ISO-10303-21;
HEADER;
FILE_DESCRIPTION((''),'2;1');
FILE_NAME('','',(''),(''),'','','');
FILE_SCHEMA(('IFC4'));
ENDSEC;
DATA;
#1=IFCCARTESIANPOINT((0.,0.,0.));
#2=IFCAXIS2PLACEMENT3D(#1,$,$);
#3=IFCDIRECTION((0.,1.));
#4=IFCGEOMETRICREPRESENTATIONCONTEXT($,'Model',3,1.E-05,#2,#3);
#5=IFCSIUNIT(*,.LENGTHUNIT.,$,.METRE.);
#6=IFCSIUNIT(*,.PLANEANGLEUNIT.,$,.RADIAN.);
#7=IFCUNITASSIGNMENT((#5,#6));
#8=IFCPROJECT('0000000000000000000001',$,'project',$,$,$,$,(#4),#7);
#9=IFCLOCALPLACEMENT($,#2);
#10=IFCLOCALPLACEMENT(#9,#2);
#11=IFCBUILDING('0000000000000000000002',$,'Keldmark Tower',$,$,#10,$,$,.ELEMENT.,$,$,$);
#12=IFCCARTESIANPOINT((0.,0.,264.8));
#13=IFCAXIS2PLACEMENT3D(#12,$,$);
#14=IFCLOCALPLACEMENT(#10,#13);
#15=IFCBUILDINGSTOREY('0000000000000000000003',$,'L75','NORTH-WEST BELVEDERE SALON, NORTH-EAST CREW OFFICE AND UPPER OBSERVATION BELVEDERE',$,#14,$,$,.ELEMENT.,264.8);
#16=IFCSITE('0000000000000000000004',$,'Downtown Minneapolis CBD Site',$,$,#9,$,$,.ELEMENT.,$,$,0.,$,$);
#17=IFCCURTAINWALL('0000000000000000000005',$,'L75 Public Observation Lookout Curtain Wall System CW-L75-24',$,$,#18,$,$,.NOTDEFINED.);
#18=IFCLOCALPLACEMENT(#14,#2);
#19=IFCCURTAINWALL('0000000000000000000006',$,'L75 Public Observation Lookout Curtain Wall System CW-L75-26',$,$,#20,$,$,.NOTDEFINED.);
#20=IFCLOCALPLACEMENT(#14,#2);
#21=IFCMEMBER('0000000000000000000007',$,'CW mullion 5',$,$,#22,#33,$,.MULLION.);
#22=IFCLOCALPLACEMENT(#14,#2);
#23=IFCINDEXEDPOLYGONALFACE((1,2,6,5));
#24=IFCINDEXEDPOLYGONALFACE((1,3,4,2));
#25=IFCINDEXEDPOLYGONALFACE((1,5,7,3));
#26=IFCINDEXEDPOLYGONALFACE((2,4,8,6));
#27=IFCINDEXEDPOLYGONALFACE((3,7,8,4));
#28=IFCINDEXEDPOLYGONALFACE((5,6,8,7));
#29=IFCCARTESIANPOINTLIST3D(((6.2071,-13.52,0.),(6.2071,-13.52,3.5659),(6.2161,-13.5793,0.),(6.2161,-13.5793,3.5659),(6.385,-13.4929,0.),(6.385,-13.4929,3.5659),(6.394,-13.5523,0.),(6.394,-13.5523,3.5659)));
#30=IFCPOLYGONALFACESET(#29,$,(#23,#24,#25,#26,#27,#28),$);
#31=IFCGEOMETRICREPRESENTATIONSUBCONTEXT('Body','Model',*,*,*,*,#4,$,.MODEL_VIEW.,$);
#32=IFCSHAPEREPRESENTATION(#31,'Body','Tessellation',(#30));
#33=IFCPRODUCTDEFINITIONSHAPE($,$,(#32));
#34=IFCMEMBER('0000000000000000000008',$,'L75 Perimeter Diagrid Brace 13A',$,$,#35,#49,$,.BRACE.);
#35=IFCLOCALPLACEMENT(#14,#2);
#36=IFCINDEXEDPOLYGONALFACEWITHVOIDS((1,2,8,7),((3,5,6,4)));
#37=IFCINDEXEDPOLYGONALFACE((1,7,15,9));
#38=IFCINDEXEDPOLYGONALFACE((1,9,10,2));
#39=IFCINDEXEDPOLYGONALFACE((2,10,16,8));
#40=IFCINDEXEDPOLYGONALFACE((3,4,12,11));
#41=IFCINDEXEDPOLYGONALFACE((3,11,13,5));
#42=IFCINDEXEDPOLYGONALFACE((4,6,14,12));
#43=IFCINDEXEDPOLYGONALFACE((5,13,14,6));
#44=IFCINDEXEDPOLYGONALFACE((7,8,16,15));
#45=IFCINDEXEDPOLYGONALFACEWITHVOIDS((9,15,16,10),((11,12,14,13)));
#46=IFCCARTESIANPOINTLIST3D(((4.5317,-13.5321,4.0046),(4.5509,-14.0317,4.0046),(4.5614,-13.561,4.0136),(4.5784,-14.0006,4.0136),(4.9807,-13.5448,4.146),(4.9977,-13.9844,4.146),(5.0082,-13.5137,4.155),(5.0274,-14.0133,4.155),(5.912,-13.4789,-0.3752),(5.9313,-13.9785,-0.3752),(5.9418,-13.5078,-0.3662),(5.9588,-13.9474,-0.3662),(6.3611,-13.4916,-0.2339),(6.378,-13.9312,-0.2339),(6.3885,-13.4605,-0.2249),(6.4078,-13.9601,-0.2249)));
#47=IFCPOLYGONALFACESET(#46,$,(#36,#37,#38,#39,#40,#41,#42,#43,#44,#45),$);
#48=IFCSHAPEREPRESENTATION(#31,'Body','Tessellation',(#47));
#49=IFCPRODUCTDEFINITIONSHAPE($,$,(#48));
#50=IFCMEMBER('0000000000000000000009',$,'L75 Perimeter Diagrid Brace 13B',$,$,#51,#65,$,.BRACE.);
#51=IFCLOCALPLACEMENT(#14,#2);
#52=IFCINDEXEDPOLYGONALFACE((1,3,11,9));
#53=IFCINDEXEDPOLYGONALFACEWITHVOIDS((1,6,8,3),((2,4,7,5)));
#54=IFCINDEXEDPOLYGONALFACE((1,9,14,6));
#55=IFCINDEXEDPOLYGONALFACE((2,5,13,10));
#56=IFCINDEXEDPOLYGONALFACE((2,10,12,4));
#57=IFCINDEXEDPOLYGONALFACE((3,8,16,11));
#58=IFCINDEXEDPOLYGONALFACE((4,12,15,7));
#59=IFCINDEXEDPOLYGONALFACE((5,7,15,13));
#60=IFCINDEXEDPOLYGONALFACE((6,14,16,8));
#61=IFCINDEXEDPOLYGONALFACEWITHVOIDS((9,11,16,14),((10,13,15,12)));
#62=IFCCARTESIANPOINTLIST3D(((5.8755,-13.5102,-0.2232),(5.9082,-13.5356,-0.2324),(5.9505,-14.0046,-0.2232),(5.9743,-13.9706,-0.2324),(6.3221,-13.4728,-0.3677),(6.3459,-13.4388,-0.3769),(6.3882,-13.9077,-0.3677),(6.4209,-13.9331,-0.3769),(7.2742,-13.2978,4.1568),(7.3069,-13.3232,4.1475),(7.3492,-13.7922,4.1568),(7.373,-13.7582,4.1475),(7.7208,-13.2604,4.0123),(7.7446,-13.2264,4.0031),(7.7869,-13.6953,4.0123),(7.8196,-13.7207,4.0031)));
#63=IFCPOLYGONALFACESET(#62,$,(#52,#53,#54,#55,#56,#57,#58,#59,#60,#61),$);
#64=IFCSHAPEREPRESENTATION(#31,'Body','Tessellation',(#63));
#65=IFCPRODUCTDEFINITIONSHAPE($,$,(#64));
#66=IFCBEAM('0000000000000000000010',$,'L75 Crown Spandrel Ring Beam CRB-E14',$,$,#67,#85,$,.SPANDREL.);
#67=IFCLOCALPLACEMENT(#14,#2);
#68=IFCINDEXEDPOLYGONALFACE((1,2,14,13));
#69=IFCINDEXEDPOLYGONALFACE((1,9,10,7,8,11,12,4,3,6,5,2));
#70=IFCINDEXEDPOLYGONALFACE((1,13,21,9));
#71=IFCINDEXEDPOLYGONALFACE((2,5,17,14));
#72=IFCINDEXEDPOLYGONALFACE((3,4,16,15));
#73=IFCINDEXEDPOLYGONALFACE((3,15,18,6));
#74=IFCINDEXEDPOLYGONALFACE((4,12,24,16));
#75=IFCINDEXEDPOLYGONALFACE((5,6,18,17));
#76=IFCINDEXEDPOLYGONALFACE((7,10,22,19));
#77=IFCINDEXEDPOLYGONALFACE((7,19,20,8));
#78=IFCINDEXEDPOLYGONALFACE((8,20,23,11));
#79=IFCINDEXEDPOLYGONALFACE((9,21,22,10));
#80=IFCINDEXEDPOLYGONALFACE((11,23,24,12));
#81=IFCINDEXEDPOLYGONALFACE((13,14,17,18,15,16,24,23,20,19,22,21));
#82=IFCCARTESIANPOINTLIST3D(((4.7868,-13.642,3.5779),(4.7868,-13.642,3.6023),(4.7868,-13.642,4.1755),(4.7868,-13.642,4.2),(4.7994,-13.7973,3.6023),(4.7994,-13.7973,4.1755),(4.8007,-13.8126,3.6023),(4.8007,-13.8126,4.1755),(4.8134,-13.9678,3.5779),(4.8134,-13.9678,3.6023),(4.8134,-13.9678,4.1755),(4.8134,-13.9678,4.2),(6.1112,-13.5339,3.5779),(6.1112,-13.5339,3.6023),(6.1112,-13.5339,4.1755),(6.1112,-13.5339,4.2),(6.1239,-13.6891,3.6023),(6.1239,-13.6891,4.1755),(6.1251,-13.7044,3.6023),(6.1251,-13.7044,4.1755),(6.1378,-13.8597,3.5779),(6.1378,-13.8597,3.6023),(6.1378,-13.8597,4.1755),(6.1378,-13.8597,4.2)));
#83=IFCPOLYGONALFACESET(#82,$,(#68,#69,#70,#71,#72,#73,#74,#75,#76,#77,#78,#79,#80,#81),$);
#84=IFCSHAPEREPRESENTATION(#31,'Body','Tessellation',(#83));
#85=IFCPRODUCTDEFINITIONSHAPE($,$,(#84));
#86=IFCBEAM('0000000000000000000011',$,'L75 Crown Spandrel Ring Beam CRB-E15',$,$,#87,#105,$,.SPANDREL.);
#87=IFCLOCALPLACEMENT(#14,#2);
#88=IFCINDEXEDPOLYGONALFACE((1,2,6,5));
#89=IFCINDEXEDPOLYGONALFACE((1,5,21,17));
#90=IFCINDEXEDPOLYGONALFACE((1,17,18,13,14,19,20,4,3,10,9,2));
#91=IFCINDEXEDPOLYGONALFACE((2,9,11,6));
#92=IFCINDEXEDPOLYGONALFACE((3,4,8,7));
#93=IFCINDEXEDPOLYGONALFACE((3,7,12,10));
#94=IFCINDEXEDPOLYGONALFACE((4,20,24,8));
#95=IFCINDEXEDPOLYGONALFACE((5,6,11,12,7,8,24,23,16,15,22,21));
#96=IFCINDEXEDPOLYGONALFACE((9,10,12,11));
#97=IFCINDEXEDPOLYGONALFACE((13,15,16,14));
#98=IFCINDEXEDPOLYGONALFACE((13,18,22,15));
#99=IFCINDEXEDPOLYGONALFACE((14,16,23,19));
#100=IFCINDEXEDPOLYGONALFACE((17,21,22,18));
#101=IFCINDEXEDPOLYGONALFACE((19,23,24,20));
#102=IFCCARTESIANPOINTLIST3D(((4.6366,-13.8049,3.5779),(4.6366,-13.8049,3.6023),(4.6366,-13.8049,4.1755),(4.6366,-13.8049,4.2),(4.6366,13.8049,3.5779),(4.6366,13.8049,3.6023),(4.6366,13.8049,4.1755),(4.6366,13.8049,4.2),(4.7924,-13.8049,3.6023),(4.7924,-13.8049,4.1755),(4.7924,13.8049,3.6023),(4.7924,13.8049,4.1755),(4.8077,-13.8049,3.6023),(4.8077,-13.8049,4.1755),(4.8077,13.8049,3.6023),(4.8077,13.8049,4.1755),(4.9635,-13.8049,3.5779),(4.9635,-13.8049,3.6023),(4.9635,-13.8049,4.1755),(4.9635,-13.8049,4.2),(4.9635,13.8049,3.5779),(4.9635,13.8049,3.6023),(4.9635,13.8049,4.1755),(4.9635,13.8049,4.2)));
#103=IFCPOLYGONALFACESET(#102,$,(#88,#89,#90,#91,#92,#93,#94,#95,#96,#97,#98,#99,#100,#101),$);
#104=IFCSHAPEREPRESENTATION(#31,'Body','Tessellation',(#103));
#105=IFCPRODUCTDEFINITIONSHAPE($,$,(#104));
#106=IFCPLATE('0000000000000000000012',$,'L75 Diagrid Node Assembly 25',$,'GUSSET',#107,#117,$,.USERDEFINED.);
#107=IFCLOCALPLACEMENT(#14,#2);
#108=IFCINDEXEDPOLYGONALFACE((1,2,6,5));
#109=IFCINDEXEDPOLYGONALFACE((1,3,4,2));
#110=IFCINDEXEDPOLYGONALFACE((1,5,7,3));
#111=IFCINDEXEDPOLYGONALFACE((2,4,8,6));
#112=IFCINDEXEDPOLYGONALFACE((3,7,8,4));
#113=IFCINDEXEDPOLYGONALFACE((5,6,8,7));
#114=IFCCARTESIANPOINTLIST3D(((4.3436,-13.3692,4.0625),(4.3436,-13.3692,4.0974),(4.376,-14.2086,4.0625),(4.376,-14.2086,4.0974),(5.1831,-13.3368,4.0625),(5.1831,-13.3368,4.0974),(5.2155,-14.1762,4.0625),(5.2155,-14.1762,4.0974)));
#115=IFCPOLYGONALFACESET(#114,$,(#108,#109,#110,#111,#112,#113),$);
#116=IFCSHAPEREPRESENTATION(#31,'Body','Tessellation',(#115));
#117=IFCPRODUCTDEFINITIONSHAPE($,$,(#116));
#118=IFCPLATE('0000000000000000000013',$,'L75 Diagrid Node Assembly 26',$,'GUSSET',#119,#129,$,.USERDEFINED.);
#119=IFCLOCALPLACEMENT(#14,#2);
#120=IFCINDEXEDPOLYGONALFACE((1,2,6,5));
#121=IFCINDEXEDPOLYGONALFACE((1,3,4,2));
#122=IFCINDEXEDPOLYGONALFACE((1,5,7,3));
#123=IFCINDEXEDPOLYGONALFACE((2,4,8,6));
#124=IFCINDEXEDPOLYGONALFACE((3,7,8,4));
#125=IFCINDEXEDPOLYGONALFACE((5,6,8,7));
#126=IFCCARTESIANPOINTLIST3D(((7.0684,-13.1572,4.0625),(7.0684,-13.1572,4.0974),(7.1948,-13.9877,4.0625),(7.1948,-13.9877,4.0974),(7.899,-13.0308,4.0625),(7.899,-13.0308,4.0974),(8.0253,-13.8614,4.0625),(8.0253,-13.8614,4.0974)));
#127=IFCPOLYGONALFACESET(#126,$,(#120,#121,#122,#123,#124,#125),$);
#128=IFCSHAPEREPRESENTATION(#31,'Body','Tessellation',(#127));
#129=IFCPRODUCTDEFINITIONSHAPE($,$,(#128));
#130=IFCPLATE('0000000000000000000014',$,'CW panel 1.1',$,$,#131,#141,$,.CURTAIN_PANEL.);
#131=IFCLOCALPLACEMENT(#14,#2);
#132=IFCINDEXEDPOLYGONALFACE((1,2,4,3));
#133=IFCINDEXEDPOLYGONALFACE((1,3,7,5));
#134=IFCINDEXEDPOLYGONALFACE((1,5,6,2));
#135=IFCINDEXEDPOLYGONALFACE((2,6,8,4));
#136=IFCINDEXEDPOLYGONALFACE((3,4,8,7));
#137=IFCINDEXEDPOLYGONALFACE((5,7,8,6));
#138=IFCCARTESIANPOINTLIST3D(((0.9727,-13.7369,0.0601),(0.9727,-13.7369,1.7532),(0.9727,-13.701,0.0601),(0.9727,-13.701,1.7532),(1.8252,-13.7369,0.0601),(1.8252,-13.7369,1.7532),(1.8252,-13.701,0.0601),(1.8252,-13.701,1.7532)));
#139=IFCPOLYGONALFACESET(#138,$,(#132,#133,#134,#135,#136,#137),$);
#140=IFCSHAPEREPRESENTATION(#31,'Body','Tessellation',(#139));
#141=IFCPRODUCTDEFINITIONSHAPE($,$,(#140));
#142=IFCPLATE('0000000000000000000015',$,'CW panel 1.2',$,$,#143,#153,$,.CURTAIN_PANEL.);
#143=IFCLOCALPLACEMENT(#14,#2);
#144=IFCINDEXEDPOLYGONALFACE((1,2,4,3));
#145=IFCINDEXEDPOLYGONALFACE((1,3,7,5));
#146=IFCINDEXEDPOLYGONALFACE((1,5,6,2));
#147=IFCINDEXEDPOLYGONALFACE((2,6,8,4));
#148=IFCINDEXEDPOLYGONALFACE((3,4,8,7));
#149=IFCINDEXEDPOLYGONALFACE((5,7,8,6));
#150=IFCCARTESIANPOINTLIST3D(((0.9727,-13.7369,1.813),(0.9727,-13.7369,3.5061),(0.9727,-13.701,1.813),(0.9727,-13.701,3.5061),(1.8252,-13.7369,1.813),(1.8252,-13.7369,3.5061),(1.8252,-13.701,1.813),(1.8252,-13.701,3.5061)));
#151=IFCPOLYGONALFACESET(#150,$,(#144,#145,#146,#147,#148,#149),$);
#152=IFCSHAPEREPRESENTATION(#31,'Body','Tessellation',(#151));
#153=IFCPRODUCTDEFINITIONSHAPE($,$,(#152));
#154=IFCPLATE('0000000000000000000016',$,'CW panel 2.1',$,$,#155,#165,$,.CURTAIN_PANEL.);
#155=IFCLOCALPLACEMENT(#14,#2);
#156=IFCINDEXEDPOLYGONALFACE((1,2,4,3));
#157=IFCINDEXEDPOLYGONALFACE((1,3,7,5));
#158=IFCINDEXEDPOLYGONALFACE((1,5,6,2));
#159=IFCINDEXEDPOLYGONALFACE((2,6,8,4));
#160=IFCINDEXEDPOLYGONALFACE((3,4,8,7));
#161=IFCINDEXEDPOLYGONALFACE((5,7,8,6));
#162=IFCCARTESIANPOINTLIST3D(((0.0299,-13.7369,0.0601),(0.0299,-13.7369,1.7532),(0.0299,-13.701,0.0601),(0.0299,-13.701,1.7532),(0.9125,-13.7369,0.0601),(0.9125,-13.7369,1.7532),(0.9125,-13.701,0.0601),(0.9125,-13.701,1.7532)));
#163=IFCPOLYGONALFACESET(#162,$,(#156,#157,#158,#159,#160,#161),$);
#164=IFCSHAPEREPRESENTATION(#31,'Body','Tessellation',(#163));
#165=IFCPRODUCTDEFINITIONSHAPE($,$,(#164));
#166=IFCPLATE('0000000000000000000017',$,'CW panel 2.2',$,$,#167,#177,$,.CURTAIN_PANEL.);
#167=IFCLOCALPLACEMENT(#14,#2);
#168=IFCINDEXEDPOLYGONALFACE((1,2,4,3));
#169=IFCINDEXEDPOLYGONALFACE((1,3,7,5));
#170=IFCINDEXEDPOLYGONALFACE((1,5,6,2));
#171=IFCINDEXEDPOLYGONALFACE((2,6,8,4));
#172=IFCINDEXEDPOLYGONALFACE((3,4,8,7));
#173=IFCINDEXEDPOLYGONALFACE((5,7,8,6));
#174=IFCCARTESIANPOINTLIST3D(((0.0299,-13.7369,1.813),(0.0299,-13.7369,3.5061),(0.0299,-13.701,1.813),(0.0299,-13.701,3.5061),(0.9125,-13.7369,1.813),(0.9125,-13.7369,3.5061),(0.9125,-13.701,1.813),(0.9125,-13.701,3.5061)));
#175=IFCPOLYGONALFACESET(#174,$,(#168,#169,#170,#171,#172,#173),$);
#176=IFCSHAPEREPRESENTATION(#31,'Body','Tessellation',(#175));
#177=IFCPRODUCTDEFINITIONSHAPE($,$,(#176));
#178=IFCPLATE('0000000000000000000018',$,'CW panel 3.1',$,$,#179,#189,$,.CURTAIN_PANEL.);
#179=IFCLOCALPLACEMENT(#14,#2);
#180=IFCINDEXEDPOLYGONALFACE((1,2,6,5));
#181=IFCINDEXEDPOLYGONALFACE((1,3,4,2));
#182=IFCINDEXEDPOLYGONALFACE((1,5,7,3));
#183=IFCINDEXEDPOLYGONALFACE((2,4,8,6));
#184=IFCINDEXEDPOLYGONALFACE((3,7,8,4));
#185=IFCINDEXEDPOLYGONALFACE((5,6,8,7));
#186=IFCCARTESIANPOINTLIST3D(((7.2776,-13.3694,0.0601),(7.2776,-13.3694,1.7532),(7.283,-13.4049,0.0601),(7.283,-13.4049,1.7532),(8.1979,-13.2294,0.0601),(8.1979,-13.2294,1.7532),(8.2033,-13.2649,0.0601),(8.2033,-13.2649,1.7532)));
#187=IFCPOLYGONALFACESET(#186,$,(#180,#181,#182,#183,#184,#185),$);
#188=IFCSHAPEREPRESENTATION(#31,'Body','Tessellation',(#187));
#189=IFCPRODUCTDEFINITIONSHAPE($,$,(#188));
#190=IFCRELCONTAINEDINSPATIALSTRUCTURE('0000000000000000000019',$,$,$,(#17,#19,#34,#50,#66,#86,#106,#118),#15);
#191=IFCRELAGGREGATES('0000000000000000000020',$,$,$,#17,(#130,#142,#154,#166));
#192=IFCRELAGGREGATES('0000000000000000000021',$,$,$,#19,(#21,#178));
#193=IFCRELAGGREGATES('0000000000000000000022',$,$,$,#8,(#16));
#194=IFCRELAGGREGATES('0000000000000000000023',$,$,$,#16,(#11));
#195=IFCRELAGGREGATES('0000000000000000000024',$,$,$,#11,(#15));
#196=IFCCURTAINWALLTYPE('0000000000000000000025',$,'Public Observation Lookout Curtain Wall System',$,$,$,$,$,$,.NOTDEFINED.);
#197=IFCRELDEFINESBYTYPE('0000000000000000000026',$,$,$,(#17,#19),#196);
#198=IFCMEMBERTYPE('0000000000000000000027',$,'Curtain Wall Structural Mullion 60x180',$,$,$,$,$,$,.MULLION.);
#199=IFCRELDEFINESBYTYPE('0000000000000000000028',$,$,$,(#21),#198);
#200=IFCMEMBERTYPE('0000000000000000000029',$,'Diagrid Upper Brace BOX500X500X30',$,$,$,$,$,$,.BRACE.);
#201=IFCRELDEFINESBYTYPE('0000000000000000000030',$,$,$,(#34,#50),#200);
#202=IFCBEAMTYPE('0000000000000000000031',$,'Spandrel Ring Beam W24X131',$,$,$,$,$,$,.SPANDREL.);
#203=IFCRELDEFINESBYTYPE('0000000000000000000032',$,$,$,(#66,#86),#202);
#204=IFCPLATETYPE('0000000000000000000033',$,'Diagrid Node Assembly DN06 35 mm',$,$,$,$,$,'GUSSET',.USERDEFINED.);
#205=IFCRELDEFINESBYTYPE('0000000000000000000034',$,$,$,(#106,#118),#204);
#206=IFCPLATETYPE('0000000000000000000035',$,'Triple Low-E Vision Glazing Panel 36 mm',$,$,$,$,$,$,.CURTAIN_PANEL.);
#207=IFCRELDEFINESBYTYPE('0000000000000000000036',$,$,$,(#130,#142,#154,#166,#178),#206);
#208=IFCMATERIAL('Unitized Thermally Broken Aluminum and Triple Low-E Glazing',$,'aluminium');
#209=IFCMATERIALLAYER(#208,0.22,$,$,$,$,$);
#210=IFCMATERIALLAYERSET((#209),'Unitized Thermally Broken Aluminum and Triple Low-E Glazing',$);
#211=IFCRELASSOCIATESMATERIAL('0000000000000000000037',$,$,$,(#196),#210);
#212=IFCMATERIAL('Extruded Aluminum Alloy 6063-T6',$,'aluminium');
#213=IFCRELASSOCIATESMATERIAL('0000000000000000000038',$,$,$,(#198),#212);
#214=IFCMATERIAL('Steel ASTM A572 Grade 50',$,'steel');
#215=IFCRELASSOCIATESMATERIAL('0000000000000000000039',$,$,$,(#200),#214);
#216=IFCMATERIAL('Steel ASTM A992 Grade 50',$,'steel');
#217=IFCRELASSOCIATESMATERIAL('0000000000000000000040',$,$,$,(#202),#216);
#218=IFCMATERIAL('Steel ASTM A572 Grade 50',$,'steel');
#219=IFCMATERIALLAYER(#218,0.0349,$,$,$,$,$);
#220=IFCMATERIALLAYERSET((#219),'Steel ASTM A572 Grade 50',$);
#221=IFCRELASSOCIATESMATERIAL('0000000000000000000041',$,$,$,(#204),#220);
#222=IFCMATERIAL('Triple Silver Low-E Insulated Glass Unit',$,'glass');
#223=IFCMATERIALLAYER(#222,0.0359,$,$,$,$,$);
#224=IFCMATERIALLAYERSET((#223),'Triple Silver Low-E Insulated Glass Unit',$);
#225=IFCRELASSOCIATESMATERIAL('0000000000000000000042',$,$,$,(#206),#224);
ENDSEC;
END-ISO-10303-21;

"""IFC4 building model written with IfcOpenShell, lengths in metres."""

from ifc_helpers import new_model, si_unit, direction, frame, origin, origin_2d, place, context, subcontext, project, spatial, rectangle, hollow_rectangle, i_section, extrude, material, layer, layer_set, material_profile, profile_set, type_object, element, aggregate, save


model = new_model("IFC4")

# Units and contexts
model_context = context("Model", 3, precision=1e-05, world=origin(), true_north=direction((0.0, 1.0)))
body_context = subcontext(model_context, "Body", "Model", "MODEL_VIEW")
ifc_project = project(units=[si_unit("LENGTHUNIT", "METRE"), si_unit("PLANEANGLEUNIT", "RADIAN")], contexts=[model_context])

# Site, building, storey
site_placement = place(None, origin())
site = spatial("IfcSite", under=ifc_project, at=site_placement, Name="Downtown Minneapolis CBD Site", CompositionType="ELEMENT", RefElevation=0.0)
building_placement = place(site_placement, origin())
building = spatial("IfcBuilding", under=site, at=building_placement, Name="Keldmark Tower", CompositionType="ELEMENT")
storey_placement = place(building_placement, frame((0.0, 0.0, 264.8)))
storey = spatial("IfcBuildingStorey", under=building, at=storey_placement, Name="L75", Description="NORTH-WEST BELVEDERE SALON, NORTH-EAST CREW OFFICE AND UPPER OBSERVATION BELVEDERE", CompositionType="ELEMENT", Elevation=264.8)

# Curtain walls
ifc_material_1 = material(Name="Unitized Thermally Broken Aluminum and Triple Low-E Glazing", Category="aluminium")
ifc_layer_1 = layer(ifc_material_1, 0.22)
ifc_layer_set_1 = layer_set([ifc_layer_1], Name="Unitized Thermally Broken Aluminum and Triple Low-E Glazing")
curtain_wall_type = type_object("IfcCurtainWallType", Name="Public Observation Lookout Curtain Wall System", PredefinedType="NOTDEFINED", material=ifc_layer_set_1)
curtain_wall_1_placement = place(storey_placement, origin())
curtain_wall_1 = element("IfcCurtainWall", 1, at=curtain_wall_1_placement, inside=storey, type_object=curtain_wall_type, Name="L75 Public Observation Lookout Curtain Wall System CW-L75-24", PredefinedType="NOTDEFINED")
curtain_wall_2_placement = place(storey_placement, origin())
curtain_wall_2 = element("IfcCurtainWall", 2, at=curtain_wall_2_placement, inside=storey, type_object=curtain_wall_type, Name="L75 Public Observation Lookout Curtain Wall System CW-L75-26", PredefinedType="NOTDEFINED")

# Member
ifc_material_2 = material(Name="Extruded Aluminum Alloy 6063-T6", Category="aluminium")
ifc_material_profile_1 = material_profile(ifc_material_2, rectangle(XDim=0.0601, YDim=0.1799, at=origin_2d()), Name="CWM60X180")
ifc_profile_set_1 = profile_set([ifc_material_profile_1], Name="Extruded Aluminum Alloy 6063-T6")
member_type_1 = type_object("IfcMemberType", Name="Curtain Wall Structural Mullion 60x180", PredefinedType="MULLION", material=ifc_profile_set_1)
member_1_placement = place(storey_placement, frame((6.3005, -13.5361, 0.0), z_axis=(0.0, 0.0, 1.0), x_axis=(0.150337, -0.988635, 0.0)))
member_1 = element("IfcMember", 3, at=member_1_placement, type_object=member_type_1, Name="CW mullion 5", PredefinedType="MULLION", context=body_context, shape_type="SweptSolid", body=[
    extrude(rectangle(XDim=0.0601, YDim=0.1799, at=origin_2d()), origin(), (0.0, 0.0, 1.0), 3.5659),
])

# Members
ifc_material_3 = material(Name="Steel ASTM A572 Grade 50", Category="steel")
ifc_material_profile_2 = material_profile(ifc_material_3, hollow_rectangle(XDim=0.5, YDim=0.5, WallThickness=0.03, at=origin_2d()), Name="BOX500X500X30")
ifc_profile_set_2 = profile_set([ifc_material_profile_2], Name="Steel ASTM A572 Grade 50")
member_type_2 = type_object("IfcMemberType", Name="Diagrid Upper Brace BOX500X500X30", PredefinedType="BRACE", material=ifc_profile_set_2)
member_2_placement = place(storey_placement, frame((6.1599, -13.7195, -0.3), z_axis=(-0.300567, -0.011589, 0.95369), x_axis=(0.038528, -0.999258, 0.0)))
element("IfcMember", 4, at=member_2_placement, inside=storey, type_object=member_type_2, Name="L75 Perimeter Diagrid Brace 13A", PredefinedType="BRACE", context=body_context, shape_type="SweptSolid", body=[
    extrude(hollow_rectangle(XDim=0.5, YDim=0.5, WallThickness=0.03, at=origin_2d()), origin(), (0.0, 0.0, 1.0), 4.5925),
])
member_3_placement = place(storey_placement, frame((6.1482, -13.7217, -0.3), z_axis=(0.303883, 0.046147, 0.951591), x_axis=(-0.150138, 0.988665, 0.0)))
element("IfcMember", 5, at=member_3_placement, inside=storey, type_object=member_type_2, Name="L75 Perimeter Diagrid Brace 13B", PredefinedType="BRACE", context=body_context, shape_type="SweptSolid", body=[
    extrude(hollow_rectangle(XDim=0.5, YDim=0.5, WallThickness=0.03, at=origin_2d()), origin(), (0.0, 0.0, 1.0), 4.6028),
])

# Beams
ifc_material_4 = material(Name="Steel ASTM A992 Grade 50", Category="steel")
ifc_material_profile_3 = material_profile(ifc_material_4, i_section(OverallWidth=0.3269, OverallDepth=0.6221, WebThickness=0.0154, FlangeThickness=0.0244, at=origin_2d()), Name="W24X131")
ifc_profile_set_3 = profile_set([ifc_material_profile_3], Name="Steel ASTM A992 Grade 50")
beam_type = type_object("IfcBeamType", Name="Spandrel Ring Beam W24X131", PredefinedType="SPANDREL", material=ifc_profile_set_3)
beam_1_placement = place(storey_placement, frame((6.1245, -13.6968, 3.8889), z_axis=(-0.996682, -0.081388, 0.0), x_axis=(0.081388, -0.996682, 0.0)))
element("IfcBeam", 6, at=beam_1_placement, inside=storey, type_object=beam_type, Name="L75 Crown Spandrel Ring Beam CRB-E14", PredefinedType="SPANDREL", context=body_context, shape_type="SweptSolid", body=[
    extrude(i_section(OverallWidth=0.3269, OverallDepth=0.6221, WebThickness=0.0154, FlangeThickness=0.0244, at=origin_2d()), origin(), (0.0, 0.0, 1.0), 1.3289),
])
beam_2_placement = place(storey_placement, frame((4.8, -13.8049, 3.8889), z_axis=(0.0, 1.0, 0.0), x_axis=(-1.0, 0.0, 0.0)))
element("IfcBeam", 7, at=beam_2_placement, inside=storey, type_object=beam_type, Name="L75 Crown Spandrel Ring Beam CRB-E15", PredefinedType="SPANDREL", context=body_context, shape_type="SweptSolid", body=[
    extrude(i_section(OverallWidth=0.3269, OverallDepth=0.6221, WebThickness=0.0154, FlangeThickness=0.0244, at=origin_2d()), origin(), (0.0, 0.0, 1.0), 27.6099),
])

# Plates
ifc_material_5 = material(Name="Steel ASTM A572 Grade 50", Category="steel")
ifc_layer_2 = layer(ifc_material_5, 0.0349)
ifc_layer_set_2 = layer_set([ifc_layer_2], Name="Steel ASTM A572 Grade 50")
plate_type_1 = type_object("IfcPlateType", Name="Diagrid Node Assembly DN06 35 mm", ElementType="GUSSET", PredefinedType="USERDEFINED", material=ifc_layer_set_2)
for number, where, z_axis, x_axis, name in (
    (8, (4.7795, -13.7727, 4.0625), (0.0, 0.0, 1.0), (0.999256, 0.038562, 0.0), "L75 Diagrid Node Assembly 25"),
    (9, (7.5469, -13.5093, 4.0625), (0.0, 0.0, 1.0), (0.988626, 0.150398, 0.0), "L75 Diagrid Node Assembly 26"),
):
    element("IfcPlate", number, at=place(storey_placement, frame(where, z_axis=z_axis, x_axis=x_axis)), inside=storey, type_object=plate_type_1, Name=name, ObjectType="GUSSET", PredefinedType="USERDEFINED", context=body_context, shape_type="SweptSolid", body=[
        extrude(rectangle(XDim=0.8401, YDim=0.8401, at=origin_2d()), origin(), (0.0, 0.0, 1.0), 0.0349),
    ])

# Plates
ifc_material_6 = material(Name="Triple Silver Low-E Insulated Glass Unit", Category="glass")
ifc_layer_3 = layer(ifc_material_6, 0.0359)
ifc_layer_set_3 = layer_set([ifc_layer_3], Name="Triple Silver Low-E Insulated Glass Unit")
plate_type_2 = type_object("IfcPlateType", Name="Triple Low-E Vision Glazing Panel 36 mm", PredefinedType="CURTAIN_PANEL", material=ifc_layer_set_3)
plate_1_placement = place(storey_placement, frame((1.3989, -13.719, 0.0601), z_axis=(0.0, 0.0, 1.0), x_axis=(-1.0, 0.0, 0.0)))
plate_1 = element("IfcPlate", 10, at=plate_1_placement, type_object=plate_type_2, Name="CW panel 1.1", PredefinedType="CURTAIN_PANEL", context=body_context, shape_type="SweptSolid", body=[
    extrude(rectangle(XDim=0.8525, YDim=0.0359, at=origin_2d()), origin(), (0.0, 0.0, 1.0), 1.6931),
])
plate_2_placement = place(storey_placement, frame((1.3989, -13.719, 1.813), z_axis=(0.0, 0.0, 1.0), x_axis=(-1.0, 0.0, 0.0)))
plate_2 = element("IfcPlate", 11, at=plate_2_placement, type_object=plate_type_2, Name="CW panel 1.2", PredefinedType="CURTAIN_PANEL", context=body_context, shape_type="SweptSolid", body=[
    extrude(rectangle(XDim=0.8525, YDim=0.0359, at=origin_2d()), origin(), (0.0, 0.0, 1.0), 1.6931),
])
plate_3_placement = place(storey_placement, frame((0.4712, -13.719, 0.0601), z_axis=(0.0, 0.0, 1.0), x_axis=(-1.0, 0.0, 0.0)))
plate_3 = element("IfcPlate", 12, at=plate_3_placement, type_object=plate_type_2, Name="CW panel 2.1", PredefinedType="CURTAIN_PANEL", context=body_context, shape_type="SweptSolid", body=[
    extrude(rectangle(XDim=0.8826, YDim=0.0359, at=origin_2d()), origin(), (0.0, 0.0, 1.0), 1.6931),
])
plate_4_placement = place(storey_placement, frame((0.4712, -13.719, 1.813), z_axis=(0.0, 0.0, 1.0), x_axis=(-1.0, 0.0, 0.0)))
plate_4 = element("IfcPlate", 13, at=plate_4_placement, type_object=plate_type_2, Name="CW panel 2.2", PredefinedType="CURTAIN_PANEL", context=body_context, shape_type="SweptSolid", body=[
    extrude(rectangle(XDim=0.8826, YDim=0.0359, at=origin_2d()), origin(), (0.0, 0.0, 1.0), 1.6931),
])
aggregate(curtain_wall_1, [plate_1, plate_2, plate_3, plate_4])
plate_5_placement = place(storey_placement, frame((7.7405, -13.3171, 0.0601), z_axis=(0.0, 0.0, 1.0), x_axis=(-0.988635, -0.150337, 0.0)))
plate_5 = element("IfcPlate", 14, at=plate_5_placement, type_object=plate_type_2, Name="CW panel 3.1", PredefinedType="CURTAIN_PANEL", context=body_context, shape_type="SweptSolid", body=[
    extrude(rectangle(XDim=0.9309, YDim=0.0359, at=origin_2d()), origin(), (0.0, 0.0, 1.0), 1.6931),
])
aggregate(curtain_wall_2, [member_1, plate_5])

save(model, "model.ifc")
